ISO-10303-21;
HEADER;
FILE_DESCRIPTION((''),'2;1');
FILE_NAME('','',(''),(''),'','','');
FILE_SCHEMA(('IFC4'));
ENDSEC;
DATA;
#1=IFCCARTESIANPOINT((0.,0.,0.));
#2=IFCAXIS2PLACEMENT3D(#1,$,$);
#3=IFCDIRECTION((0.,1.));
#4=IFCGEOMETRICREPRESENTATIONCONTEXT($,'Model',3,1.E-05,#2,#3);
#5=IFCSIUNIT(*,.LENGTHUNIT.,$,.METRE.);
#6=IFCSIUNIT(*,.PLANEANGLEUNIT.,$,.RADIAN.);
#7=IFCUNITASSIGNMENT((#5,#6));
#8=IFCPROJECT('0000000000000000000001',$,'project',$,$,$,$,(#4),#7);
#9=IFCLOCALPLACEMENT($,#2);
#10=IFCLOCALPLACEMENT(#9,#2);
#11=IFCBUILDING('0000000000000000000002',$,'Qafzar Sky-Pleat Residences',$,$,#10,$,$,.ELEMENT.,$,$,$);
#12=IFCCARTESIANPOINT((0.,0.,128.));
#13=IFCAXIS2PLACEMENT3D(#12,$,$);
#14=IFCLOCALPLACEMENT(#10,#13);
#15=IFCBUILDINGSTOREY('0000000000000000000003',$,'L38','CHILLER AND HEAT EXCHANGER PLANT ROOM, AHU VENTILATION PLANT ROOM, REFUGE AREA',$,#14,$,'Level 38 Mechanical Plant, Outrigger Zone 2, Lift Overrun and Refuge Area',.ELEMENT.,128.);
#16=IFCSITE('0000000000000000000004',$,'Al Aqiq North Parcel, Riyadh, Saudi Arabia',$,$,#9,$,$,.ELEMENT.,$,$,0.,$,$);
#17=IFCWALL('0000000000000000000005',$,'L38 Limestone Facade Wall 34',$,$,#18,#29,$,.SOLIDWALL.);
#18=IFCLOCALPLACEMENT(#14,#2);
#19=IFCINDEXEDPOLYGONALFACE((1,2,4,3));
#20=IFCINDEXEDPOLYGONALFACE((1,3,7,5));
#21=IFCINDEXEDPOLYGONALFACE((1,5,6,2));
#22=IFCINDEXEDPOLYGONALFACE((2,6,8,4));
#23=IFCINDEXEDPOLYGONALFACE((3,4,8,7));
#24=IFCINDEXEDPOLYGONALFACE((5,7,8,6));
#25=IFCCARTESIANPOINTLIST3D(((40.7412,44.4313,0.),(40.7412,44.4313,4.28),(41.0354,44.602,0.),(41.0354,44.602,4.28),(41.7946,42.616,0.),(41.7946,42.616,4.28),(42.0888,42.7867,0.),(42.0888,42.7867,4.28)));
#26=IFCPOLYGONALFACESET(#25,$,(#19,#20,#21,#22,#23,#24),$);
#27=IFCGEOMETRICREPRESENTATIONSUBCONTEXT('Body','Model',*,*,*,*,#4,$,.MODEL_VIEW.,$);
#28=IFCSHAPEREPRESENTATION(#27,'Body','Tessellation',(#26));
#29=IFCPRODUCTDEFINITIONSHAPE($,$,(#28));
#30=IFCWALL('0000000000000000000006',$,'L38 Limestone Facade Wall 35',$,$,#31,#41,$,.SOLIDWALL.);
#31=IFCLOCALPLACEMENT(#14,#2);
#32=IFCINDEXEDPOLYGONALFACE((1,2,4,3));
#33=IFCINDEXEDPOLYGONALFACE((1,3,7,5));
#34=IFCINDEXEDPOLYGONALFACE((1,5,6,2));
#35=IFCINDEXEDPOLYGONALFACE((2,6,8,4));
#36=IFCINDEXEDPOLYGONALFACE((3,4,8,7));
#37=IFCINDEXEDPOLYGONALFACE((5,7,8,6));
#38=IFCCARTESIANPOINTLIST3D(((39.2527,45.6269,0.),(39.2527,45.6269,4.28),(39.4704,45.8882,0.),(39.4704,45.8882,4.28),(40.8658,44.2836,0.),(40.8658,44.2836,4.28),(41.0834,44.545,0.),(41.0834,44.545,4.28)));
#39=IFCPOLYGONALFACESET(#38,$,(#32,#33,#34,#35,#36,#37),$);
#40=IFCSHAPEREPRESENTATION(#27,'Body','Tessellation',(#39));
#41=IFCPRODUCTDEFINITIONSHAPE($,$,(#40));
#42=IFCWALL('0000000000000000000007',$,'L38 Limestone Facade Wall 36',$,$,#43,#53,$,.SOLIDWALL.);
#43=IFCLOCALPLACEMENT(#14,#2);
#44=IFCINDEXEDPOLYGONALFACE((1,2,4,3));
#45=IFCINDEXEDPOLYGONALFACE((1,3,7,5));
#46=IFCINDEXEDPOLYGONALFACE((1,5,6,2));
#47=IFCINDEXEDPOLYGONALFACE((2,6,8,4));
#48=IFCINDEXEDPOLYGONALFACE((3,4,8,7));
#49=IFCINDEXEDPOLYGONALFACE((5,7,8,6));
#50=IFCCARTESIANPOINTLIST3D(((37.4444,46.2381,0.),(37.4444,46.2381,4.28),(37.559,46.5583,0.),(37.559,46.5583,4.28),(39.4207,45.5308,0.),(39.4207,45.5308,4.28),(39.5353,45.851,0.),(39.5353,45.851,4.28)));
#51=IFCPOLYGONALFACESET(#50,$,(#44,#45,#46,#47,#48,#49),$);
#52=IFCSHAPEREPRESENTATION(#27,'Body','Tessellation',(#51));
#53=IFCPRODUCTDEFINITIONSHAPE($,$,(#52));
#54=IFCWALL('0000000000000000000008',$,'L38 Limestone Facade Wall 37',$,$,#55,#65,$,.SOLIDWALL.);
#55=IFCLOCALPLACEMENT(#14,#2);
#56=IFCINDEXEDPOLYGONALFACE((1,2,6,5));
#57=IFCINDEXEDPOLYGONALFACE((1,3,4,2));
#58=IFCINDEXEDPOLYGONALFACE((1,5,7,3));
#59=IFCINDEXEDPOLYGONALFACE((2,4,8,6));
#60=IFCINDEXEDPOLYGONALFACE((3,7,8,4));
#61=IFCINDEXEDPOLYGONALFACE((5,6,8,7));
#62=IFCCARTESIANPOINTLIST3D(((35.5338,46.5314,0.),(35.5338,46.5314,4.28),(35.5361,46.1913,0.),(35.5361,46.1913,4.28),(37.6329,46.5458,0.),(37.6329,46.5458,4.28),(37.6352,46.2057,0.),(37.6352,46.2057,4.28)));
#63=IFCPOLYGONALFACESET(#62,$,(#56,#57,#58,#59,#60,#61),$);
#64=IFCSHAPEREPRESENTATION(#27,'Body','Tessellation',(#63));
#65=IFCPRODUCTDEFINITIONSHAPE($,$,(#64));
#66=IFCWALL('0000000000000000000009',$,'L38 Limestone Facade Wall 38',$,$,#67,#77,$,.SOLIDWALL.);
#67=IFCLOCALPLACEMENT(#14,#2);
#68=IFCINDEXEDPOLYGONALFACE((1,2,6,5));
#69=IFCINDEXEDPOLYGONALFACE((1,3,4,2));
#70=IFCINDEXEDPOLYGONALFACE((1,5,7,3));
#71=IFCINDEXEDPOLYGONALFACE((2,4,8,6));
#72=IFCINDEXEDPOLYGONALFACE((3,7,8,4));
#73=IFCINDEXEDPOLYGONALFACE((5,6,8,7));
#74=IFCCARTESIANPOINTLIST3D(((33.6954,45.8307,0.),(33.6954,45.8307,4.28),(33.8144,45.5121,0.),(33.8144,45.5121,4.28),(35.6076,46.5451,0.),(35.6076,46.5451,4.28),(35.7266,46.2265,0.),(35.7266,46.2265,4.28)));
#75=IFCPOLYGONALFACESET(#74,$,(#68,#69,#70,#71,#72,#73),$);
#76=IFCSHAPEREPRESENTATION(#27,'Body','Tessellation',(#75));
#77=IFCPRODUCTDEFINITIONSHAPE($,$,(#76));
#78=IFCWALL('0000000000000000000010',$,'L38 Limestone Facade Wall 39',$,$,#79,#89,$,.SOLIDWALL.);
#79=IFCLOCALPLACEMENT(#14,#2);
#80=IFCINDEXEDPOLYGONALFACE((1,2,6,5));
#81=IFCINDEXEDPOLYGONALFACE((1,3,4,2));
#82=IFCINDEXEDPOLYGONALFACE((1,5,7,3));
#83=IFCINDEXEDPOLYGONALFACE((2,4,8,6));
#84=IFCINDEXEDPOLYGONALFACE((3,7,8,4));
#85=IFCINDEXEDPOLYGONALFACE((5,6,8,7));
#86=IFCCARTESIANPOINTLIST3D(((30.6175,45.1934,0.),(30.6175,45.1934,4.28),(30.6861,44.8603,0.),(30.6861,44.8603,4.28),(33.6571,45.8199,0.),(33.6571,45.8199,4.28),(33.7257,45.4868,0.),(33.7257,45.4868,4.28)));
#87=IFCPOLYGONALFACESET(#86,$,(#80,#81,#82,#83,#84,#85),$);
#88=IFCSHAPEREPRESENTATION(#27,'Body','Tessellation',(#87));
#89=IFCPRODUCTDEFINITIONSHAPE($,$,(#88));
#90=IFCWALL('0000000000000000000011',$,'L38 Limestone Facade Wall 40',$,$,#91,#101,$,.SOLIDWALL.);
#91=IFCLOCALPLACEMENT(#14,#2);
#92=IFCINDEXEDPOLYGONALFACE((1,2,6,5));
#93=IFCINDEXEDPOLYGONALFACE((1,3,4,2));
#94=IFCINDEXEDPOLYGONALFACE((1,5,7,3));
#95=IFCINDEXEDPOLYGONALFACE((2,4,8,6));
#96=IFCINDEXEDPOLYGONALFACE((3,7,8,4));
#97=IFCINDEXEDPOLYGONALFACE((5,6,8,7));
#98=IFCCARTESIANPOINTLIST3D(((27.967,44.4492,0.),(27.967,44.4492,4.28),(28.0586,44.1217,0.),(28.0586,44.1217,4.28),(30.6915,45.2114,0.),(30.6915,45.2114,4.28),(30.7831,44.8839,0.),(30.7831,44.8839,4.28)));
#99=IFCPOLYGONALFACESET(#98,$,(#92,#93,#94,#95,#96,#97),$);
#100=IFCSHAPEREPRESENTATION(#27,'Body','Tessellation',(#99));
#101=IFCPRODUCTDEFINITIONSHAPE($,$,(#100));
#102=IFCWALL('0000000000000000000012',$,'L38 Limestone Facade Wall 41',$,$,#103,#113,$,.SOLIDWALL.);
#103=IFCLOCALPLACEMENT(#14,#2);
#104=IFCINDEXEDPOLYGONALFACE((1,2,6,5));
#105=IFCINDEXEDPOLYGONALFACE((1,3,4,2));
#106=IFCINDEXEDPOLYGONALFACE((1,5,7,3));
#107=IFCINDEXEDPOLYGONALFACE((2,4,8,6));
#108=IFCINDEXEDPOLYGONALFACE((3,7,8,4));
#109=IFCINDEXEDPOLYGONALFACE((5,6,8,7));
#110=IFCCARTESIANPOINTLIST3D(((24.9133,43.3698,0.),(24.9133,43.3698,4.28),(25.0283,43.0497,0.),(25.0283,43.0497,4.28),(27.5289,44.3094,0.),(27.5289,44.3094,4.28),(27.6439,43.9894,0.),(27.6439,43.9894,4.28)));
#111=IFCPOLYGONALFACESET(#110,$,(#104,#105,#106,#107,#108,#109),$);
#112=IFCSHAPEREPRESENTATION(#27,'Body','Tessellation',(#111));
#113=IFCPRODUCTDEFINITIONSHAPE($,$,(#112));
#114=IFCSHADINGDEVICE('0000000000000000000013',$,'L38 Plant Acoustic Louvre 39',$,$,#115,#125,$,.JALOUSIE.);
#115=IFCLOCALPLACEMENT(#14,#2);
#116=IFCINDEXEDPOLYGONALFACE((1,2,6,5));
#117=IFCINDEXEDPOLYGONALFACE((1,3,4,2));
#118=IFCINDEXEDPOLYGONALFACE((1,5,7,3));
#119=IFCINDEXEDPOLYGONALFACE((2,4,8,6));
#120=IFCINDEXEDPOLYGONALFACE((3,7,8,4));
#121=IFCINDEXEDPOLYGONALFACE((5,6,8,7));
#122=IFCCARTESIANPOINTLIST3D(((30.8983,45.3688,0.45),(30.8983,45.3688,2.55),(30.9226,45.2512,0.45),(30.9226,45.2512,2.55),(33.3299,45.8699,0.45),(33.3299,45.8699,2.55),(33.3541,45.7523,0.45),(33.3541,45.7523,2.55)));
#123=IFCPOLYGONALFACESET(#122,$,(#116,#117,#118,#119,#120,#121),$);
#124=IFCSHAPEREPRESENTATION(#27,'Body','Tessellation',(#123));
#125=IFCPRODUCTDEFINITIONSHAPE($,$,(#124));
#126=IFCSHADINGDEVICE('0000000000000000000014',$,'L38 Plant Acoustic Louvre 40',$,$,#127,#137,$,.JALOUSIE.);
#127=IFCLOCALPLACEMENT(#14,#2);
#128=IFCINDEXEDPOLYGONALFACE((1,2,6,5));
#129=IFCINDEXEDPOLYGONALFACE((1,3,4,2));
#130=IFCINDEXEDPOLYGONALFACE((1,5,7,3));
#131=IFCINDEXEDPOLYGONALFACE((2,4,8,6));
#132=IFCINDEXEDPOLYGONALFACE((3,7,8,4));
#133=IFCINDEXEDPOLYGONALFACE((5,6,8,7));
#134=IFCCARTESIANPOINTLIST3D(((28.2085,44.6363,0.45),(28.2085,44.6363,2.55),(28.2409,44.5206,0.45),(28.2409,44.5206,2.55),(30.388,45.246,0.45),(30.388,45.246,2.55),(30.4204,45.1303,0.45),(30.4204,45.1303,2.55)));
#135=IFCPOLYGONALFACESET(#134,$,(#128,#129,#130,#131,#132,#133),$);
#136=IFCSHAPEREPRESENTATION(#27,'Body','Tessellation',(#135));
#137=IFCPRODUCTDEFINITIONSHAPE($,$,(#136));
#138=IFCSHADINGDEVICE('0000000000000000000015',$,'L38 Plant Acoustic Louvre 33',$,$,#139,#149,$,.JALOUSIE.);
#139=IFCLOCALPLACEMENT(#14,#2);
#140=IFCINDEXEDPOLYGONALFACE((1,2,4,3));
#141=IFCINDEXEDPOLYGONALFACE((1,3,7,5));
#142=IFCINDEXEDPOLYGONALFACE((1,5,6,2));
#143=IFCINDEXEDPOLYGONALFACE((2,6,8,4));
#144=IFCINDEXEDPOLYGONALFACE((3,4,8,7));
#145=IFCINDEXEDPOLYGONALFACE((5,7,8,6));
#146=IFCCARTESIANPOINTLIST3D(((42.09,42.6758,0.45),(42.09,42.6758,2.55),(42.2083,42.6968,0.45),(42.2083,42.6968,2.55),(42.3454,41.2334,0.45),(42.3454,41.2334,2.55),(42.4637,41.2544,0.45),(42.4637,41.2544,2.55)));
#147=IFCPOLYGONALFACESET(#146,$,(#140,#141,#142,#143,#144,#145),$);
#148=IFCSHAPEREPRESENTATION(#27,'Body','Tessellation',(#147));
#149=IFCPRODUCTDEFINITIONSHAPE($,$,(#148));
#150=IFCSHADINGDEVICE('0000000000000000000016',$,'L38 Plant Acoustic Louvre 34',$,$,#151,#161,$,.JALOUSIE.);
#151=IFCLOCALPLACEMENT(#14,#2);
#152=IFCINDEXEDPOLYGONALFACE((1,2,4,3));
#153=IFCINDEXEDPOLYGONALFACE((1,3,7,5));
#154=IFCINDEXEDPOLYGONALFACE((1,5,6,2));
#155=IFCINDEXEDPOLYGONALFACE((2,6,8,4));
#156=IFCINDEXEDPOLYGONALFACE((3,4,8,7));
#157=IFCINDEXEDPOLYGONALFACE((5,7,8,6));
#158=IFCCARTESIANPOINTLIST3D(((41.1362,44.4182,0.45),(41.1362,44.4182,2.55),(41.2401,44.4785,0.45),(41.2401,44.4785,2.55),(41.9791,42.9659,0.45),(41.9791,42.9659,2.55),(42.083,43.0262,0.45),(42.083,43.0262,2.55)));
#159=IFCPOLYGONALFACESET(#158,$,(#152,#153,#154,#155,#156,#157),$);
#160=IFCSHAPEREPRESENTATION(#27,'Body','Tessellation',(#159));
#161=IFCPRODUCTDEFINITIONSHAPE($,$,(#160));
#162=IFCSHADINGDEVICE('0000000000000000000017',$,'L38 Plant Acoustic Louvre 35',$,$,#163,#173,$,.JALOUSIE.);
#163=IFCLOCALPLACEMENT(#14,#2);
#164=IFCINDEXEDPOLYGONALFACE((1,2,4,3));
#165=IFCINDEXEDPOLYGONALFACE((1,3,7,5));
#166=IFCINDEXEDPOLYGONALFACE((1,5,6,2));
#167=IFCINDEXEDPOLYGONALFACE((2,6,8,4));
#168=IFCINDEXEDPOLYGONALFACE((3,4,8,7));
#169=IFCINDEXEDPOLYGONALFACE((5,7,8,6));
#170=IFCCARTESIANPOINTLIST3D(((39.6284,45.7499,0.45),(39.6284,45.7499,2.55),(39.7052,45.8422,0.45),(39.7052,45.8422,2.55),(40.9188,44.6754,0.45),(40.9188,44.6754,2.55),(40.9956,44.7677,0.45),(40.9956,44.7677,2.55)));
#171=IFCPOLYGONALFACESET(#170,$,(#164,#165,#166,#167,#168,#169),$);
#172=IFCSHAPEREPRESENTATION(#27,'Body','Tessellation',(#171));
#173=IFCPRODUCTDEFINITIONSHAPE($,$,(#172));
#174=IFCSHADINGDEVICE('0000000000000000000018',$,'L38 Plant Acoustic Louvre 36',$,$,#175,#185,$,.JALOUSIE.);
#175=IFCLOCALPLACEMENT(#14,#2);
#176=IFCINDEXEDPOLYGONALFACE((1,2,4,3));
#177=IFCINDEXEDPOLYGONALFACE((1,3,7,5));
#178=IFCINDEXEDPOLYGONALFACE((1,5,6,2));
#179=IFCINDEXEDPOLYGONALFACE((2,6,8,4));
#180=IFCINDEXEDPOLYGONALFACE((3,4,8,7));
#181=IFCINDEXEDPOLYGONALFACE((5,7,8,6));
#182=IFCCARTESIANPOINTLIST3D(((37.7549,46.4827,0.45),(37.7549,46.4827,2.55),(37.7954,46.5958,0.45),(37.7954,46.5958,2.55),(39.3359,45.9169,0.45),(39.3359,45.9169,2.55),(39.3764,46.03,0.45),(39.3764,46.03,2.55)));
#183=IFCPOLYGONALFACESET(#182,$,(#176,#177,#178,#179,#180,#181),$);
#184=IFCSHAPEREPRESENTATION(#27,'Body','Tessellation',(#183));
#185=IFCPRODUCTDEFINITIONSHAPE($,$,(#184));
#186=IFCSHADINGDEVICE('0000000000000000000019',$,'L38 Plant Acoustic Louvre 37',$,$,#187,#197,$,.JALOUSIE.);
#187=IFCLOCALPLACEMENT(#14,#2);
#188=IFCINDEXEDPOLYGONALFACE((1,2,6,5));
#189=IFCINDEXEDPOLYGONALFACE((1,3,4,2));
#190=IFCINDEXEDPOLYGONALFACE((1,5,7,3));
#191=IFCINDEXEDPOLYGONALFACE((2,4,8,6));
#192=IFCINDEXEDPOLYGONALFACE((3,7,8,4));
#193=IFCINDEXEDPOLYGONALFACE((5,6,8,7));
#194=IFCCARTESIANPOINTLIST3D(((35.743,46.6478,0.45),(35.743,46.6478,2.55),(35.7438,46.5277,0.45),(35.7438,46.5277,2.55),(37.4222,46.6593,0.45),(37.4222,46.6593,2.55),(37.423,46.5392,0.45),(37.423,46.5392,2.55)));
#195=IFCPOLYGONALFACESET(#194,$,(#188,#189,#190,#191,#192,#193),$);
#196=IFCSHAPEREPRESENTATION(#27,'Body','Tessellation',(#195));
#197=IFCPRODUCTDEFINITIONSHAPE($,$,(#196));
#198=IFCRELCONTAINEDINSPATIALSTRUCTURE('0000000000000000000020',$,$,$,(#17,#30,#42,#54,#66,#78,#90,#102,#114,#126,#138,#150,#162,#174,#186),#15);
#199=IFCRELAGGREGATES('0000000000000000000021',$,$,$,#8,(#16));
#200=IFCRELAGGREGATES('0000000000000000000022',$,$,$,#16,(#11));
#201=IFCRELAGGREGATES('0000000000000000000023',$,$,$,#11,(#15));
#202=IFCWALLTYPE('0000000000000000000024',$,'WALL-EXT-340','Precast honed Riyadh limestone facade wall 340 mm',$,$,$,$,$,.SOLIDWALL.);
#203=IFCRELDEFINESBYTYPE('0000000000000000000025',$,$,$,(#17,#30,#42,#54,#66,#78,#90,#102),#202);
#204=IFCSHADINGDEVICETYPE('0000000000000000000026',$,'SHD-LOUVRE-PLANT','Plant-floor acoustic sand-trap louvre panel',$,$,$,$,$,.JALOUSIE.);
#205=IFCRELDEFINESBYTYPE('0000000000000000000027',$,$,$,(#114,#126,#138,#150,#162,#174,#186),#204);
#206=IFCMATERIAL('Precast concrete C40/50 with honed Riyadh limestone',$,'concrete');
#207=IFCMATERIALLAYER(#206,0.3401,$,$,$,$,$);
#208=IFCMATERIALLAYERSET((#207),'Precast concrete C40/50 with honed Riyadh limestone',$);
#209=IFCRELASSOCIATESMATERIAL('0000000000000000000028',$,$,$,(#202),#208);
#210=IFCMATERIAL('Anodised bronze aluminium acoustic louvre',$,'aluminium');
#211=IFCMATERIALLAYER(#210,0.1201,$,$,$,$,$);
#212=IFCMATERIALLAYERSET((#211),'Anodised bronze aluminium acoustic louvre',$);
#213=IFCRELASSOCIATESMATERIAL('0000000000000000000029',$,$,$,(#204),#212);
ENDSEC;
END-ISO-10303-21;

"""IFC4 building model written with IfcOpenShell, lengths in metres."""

from ifc_helpers import new_model, si_unit, direction, frame, frame_2d, origin, origin_2d, place, context, subcontext, project, spatial, rectangle, extrude, source, transform, mapped, material, layer, layer_set, type_object, element, save


model = new_model("IFC4")

# Units and contexts
model_context = context("Model", 3, precision=1e-05, world=origin(), true_north=direction((0.0, 1.0)))
body_context = subcontext(model_context, "Body", "Model", "MODEL_VIEW")
ifc_project = project(units=[si_unit("LENGTHUNIT", "METRE"), si_unit("PLANEANGLEUNIT", "RADIAN")], contexts=[model_context])

# Site, building, storey
site_placement = place(None, origin())
site = spatial("IfcSite", under=ifc_project, at=site_placement, Name="Al Aqiq North Parcel, Riyadh, Saudi Arabia", CompositionType="ELEMENT", RefElevation=0.0)
building_placement = place(site_placement, origin())
building = spatial("IfcBuilding", under=site, at=building_placement, Name="Qafzar Sky-Pleat Residences", CompositionType="ELEMENT")
storey_placement = place(building_placement, frame((0.0, 0.0, 128.0)))
storey = spatial("IfcBuildingStorey", under=building, at=storey_placement, Name="L38", Description="CHILLER AND HEAT EXCHANGER PLANT ROOM, AHU VENTILATION PLANT ROOM, REFUGE AREA", LongName="Level 38 Mechanical Plant, Outrigger Zone 2, Lift Overrun and Refuge Area", CompositionType="ELEMENT", Elevation=128.0)

# Walls
ifc_material_1 = material(Name="Precast concrete C40/50 with honed Riyadh limestone", Category="concrete")
ifc_layer_1 = layer(ifc_material_1, 0.3401)
ifc_layer_set_1 = layer_set([ifc_layer_1], Name="Precast concrete C40/50 with honed Riyadh limestone")
wall_type_1 = type_object("IfcWallType", Name="WALL-EXT-340", Description="Precast honed Riyadh limestone facade wall 340 mm", PredefinedType="SOLIDWALL", material=ifc_layer_set_1)
wall_1_placement = place(storey_placement, frame((41.9417, 42.7014, 0.0), z_axis=(0.0, 0.0, 1.0), x_axis=(-0.501903, 0.864924, 0.0)))
element("IfcWall", 1, at=wall_1_placement, inside=storey, type_object=wall_type_1, Name="L38 Limestone Facade Wall 34", PredefinedType="SOLIDWALL", context=body_context, shape_type="SweptSolid", body=[
    extrude(rectangle(XDim=2.0989, YDim=0.3401, at=frame_2d((1.0493, 0.0))), origin(), (0.0, 0.0, 1.0), 4.28),
])
for number, where, z_axis, x_axis, name in (
    (2, (40.9746, 44.4143, 0.0), (0.0, 0.0, 1.0), (-0.768441, 0.639921, 0.0), "L38 Limestone Facade Wall 35"),
    (3, (39.478, 45.6909, 0.0), (0.0, 0.0, 1.0), (-0.941523, 0.336948, 0.0), "L38 Limestone Facade Wall 36"),
    (4, (37.634, 46.3757, 0.0), (0.0, 0.0, 1.0), (-0.999976, -0.006862, 0.0), "L38 Limestone Facade Wall 37"),
):
    element("IfcWall", number, at=place(storey_placement, frame(where, z_axis=z_axis, x_axis=x_axis)), inside=storey, type_object=wall_type_1, Name=name, PredefinedType="SOLIDWALL", context=body_context, shape_type="SweptSolid", body=[
        extrude(rectangle(XDim=2.0991, YDim=0.3401, at=frame_2d((1.0496, 0.0))), origin(), (0.0, 0.0, 1.0), 4.28),
    ])
wall_2_placement = place(storey_placement, frame((35.667, 46.3857, 0.0), z_axis=(0.0, 0.0, 1.0), x_axis=(-0.936761, -0.34997, 0.0)))
element("IfcWall", 5, at=wall_2_placement, inside=storey, type_object=wall_type_1, Name="L38 Limestone Facade Wall 38", PredefinedType="SOLIDWALL", context=body_context, shape_type="SweptSolid", body=[
    extrude(rectangle(XDim=2.0413, YDim=0.3401, at=frame_2d((1.0205, 0.0))), origin(), (0.0, 0.0, 1.0), 4.28),
])
wall_3_placement = place(storey_placement, frame((33.6914, 45.6533, 0.0), z_axis=(0.0, 0.0, 1.0), x_axis=(-0.979414, -0.201862, 0.0)))
element("IfcWall", 6, at=wall_3_placement, inside=storey, type_object=wall_type_1, Name="L38 Limestone Facade Wall 39", PredefinedType="SOLIDWALL", context=body_context, shape_type="SweptSolid", body=[
    extrude(rectangle(XDim=3.1035, YDim=0.3401, at=frame_2d((1.5518, 0.0))), origin(), (0.0, 0.0, 1.0), 4.28),
])
wall_4_placement = place(storey_placement, frame((30.7373, 45.0476, 0.0), z_axis=(0.0, 0.0, 1.0), x_axis=(-0.963027, -0.269406, 0.0)))
element("IfcWall", 7, at=wall_4_placement, inside=storey, type_object=wall_type_1, Name="L38 Limestone Facade Wall 40", PredefinedType="SOLIDWALL", context=body_context, shape_type="SweptSolid", body=[
    extrude(rectangle(XDim=2.8291, YDim=0.3401, at=frame_2d((1.4146, 0.0))), origin(), (0.0, 0.0, 1.0), 4.28),
])
wall_5_placement = place(storey_placement, frame((27.5864, 44.1494, 0.0), z_axis=(0.0, 0.0, 1.0), x_axis=(-0.941112, -0.338094, 0.0)))
element("IfcWall", 8, at=wall_5_placement, inside=storey, type_object=wall_type_1, Name="L38 Limestone Facade Wall 41", PredefinedType="SOLIDWALL", context=body_context, shape_type="SweptSolid", body=[
    extrude(rectangle(XDim=2.7793, YDim=0.3401, at=frame_2d((1.3896, 0.0))), origin(), (0.0, 0.0, 1.0), 4.28),
])

# Shading devices
ifc_material_2 = material(Name="Anodised bronze aluminium acoustic louvre", Category="aluminium")
ifc_layer_2 = layer(ifc_material_2, 0.1201)
ifc_layer_set_2 = layer_set([ifc_layer_2], Name="Anodised bronze aluminium acoustic louvre")
shading_device_type = type_object("IfcShadingDeviceType", Name="SHD-LOUVRE-PLANT", Description="Plant-floor acoustic sand-trap louvre panel", PredefinedType="JALOUSIE", material=ifc_layer_set_2)
shared_shape_1 = source(origin(), body_context, "Body", "SweptSolid", [
    extrude(rectangle(XDim=2.4827, YDim=0.1201, at=origin_2d()), origin(), (0.0, 0.0, 1.0), 2.1001),
])
shading_device_1_placement = place(storey_placement, frame((32.1262, 45.5605, 0.45), z_axis=(0.0, 0.0, 1.0), x_axis=(-0.979418, -0.201845, 0.0)))
element("IfcShadingDevice", 9, at=shading_device_1_placement, inside=storey, type_object=shading_device_type, Name="L38 Plant Acoustic Louvre 39", PredefinedType="JALOUSIE", context=body_context, shape_type="MappedRepresentation", body=[
    mapped(shared_shape_1, transform((0.0, 0.0, 0.0), x_axis=(1.0, 0.0, 0.0), y_axis=(0.0, 1.0, 0.0), z_axis=(0.0, 0.0, 1.0), scale=1.0)),
])
shared_shape_2 = source(origin(), body_context, "Body", "SweptSolid", [
    extrude(rectangle(XDim=2.2632, YDim=0.1201, at=origin_2d()), origin(), (0.0, 0.0, 1.0), 2.1001),
])
shading_device_2_placement = place(storey_placement, frame((29.3145, 44.8833, 0.45), z_axis=(0.0, 0.0, 1.0), x_axis=(-0.963031, -0.26939, 0.0)))
element("IfcShadingDevice", 10, at=shading_device_2_placement, inside=storey, type_object=shading_device_type, Name="L38 Plant Acoustic Louvre 40", PredefinedType="JALOUSIE", context=body_context, shape_type="MappedRepresentation", body=[
    mapped(shared_shape_2, transform((0.0, 0.0, 0.0), x_axis=(1.0, 0.0, 0.0), y_axis=(0.0, 1.0, 0.0), z_axis=(0.0, 0.0, 1.0), scale=1.0)),
])
shared_shape_3 = source(origin(), body_context, "Body", "SweptSolid", [
    extrude(rectangle(XDim=1.4648, YDim=0.1201, at=origin_2d()), origin(), (0.0, 0.0, 1.0), 2.1001),
])
shading_device_3_placement = place(storey_placement, frame((42.2769, 41.9651, 0.45), z_axis=(0.0, 0.0, 1.0), x_axis=(-0.174371, 0.98468, 0.0)))
element("IfcShadingDevice", 11, at=shading_device_3_placement, inside=storey, type_object=shading_device_type, Name="L38 Plant Acoustic Louvre 33", PredefinedType="JALOUSIE", context=body_context, shape_type="MappedRepresentation", body=[
    mapped(shared_shape_3, transform((0.0, 0.0, 0.0), x_axis=(1.0, 0.0, 0.0), y_axis=(0.0, 1.0, 0.0), z_axis=(0.0, 0.0, 1.0), scale=1.0)),
])
shared_shape_4 = source(origin(), body_context, "Body", "SweptSolid", [
    extrude(rectangle(XDim=1.6792, YDim=0.1201, at=origin_2d()), origin(), (0.0, 0.0, 1.0), 2.1001),
])
for number, where, z_axis, x_axis, name in (
    (12, (41.6096, 43.7222, 0.45), (0.0, 0.0, 1.0), (-0.501977, 0.864881, 0.0), "L38 Plant Acoustic Louvre 34"),
    (13, (40.312, 45.2588, 0.45), (0.0, 0.0, 1.0), (-0.768467, 0.639889, 0.0), "L38 Plant Acoustic Louvre 35"),
    (14, (38.5657, 46.2563, 0.45), (0.0, 0.0, 1.0), (-0.941519, 0.336961, 0.0), "L38 Plant Acoustic Louvre 36"),
    (15, (36.583, 46.5935, 0.45), (0.0, 0.0, 1.0), (-0.999976, -0.00686, 0.0), "L38 Plant Acoustic Louvre 37"),
):
    element("IfcShadingDevice", number, at=place(storey_placement, frame(where, z_axis=z_axis, x_axis=x_axis)), inside=storey, type_object=shading_device_type, Name=name, PredefinedType="JALOUSIE", context=body_context, shape_type="MappedRepresentation", body=[
        mapped(shared_shape_4, transform((0.0, 0.0, 0.0), x_axis=(1.0, 0.0, 0.0), y_axis=(0.0, 1.0, 0.0), z_axis=(0.0, 0.0, 1.0), scale=1.0)),
    ])

save(model, "model.ifc")
